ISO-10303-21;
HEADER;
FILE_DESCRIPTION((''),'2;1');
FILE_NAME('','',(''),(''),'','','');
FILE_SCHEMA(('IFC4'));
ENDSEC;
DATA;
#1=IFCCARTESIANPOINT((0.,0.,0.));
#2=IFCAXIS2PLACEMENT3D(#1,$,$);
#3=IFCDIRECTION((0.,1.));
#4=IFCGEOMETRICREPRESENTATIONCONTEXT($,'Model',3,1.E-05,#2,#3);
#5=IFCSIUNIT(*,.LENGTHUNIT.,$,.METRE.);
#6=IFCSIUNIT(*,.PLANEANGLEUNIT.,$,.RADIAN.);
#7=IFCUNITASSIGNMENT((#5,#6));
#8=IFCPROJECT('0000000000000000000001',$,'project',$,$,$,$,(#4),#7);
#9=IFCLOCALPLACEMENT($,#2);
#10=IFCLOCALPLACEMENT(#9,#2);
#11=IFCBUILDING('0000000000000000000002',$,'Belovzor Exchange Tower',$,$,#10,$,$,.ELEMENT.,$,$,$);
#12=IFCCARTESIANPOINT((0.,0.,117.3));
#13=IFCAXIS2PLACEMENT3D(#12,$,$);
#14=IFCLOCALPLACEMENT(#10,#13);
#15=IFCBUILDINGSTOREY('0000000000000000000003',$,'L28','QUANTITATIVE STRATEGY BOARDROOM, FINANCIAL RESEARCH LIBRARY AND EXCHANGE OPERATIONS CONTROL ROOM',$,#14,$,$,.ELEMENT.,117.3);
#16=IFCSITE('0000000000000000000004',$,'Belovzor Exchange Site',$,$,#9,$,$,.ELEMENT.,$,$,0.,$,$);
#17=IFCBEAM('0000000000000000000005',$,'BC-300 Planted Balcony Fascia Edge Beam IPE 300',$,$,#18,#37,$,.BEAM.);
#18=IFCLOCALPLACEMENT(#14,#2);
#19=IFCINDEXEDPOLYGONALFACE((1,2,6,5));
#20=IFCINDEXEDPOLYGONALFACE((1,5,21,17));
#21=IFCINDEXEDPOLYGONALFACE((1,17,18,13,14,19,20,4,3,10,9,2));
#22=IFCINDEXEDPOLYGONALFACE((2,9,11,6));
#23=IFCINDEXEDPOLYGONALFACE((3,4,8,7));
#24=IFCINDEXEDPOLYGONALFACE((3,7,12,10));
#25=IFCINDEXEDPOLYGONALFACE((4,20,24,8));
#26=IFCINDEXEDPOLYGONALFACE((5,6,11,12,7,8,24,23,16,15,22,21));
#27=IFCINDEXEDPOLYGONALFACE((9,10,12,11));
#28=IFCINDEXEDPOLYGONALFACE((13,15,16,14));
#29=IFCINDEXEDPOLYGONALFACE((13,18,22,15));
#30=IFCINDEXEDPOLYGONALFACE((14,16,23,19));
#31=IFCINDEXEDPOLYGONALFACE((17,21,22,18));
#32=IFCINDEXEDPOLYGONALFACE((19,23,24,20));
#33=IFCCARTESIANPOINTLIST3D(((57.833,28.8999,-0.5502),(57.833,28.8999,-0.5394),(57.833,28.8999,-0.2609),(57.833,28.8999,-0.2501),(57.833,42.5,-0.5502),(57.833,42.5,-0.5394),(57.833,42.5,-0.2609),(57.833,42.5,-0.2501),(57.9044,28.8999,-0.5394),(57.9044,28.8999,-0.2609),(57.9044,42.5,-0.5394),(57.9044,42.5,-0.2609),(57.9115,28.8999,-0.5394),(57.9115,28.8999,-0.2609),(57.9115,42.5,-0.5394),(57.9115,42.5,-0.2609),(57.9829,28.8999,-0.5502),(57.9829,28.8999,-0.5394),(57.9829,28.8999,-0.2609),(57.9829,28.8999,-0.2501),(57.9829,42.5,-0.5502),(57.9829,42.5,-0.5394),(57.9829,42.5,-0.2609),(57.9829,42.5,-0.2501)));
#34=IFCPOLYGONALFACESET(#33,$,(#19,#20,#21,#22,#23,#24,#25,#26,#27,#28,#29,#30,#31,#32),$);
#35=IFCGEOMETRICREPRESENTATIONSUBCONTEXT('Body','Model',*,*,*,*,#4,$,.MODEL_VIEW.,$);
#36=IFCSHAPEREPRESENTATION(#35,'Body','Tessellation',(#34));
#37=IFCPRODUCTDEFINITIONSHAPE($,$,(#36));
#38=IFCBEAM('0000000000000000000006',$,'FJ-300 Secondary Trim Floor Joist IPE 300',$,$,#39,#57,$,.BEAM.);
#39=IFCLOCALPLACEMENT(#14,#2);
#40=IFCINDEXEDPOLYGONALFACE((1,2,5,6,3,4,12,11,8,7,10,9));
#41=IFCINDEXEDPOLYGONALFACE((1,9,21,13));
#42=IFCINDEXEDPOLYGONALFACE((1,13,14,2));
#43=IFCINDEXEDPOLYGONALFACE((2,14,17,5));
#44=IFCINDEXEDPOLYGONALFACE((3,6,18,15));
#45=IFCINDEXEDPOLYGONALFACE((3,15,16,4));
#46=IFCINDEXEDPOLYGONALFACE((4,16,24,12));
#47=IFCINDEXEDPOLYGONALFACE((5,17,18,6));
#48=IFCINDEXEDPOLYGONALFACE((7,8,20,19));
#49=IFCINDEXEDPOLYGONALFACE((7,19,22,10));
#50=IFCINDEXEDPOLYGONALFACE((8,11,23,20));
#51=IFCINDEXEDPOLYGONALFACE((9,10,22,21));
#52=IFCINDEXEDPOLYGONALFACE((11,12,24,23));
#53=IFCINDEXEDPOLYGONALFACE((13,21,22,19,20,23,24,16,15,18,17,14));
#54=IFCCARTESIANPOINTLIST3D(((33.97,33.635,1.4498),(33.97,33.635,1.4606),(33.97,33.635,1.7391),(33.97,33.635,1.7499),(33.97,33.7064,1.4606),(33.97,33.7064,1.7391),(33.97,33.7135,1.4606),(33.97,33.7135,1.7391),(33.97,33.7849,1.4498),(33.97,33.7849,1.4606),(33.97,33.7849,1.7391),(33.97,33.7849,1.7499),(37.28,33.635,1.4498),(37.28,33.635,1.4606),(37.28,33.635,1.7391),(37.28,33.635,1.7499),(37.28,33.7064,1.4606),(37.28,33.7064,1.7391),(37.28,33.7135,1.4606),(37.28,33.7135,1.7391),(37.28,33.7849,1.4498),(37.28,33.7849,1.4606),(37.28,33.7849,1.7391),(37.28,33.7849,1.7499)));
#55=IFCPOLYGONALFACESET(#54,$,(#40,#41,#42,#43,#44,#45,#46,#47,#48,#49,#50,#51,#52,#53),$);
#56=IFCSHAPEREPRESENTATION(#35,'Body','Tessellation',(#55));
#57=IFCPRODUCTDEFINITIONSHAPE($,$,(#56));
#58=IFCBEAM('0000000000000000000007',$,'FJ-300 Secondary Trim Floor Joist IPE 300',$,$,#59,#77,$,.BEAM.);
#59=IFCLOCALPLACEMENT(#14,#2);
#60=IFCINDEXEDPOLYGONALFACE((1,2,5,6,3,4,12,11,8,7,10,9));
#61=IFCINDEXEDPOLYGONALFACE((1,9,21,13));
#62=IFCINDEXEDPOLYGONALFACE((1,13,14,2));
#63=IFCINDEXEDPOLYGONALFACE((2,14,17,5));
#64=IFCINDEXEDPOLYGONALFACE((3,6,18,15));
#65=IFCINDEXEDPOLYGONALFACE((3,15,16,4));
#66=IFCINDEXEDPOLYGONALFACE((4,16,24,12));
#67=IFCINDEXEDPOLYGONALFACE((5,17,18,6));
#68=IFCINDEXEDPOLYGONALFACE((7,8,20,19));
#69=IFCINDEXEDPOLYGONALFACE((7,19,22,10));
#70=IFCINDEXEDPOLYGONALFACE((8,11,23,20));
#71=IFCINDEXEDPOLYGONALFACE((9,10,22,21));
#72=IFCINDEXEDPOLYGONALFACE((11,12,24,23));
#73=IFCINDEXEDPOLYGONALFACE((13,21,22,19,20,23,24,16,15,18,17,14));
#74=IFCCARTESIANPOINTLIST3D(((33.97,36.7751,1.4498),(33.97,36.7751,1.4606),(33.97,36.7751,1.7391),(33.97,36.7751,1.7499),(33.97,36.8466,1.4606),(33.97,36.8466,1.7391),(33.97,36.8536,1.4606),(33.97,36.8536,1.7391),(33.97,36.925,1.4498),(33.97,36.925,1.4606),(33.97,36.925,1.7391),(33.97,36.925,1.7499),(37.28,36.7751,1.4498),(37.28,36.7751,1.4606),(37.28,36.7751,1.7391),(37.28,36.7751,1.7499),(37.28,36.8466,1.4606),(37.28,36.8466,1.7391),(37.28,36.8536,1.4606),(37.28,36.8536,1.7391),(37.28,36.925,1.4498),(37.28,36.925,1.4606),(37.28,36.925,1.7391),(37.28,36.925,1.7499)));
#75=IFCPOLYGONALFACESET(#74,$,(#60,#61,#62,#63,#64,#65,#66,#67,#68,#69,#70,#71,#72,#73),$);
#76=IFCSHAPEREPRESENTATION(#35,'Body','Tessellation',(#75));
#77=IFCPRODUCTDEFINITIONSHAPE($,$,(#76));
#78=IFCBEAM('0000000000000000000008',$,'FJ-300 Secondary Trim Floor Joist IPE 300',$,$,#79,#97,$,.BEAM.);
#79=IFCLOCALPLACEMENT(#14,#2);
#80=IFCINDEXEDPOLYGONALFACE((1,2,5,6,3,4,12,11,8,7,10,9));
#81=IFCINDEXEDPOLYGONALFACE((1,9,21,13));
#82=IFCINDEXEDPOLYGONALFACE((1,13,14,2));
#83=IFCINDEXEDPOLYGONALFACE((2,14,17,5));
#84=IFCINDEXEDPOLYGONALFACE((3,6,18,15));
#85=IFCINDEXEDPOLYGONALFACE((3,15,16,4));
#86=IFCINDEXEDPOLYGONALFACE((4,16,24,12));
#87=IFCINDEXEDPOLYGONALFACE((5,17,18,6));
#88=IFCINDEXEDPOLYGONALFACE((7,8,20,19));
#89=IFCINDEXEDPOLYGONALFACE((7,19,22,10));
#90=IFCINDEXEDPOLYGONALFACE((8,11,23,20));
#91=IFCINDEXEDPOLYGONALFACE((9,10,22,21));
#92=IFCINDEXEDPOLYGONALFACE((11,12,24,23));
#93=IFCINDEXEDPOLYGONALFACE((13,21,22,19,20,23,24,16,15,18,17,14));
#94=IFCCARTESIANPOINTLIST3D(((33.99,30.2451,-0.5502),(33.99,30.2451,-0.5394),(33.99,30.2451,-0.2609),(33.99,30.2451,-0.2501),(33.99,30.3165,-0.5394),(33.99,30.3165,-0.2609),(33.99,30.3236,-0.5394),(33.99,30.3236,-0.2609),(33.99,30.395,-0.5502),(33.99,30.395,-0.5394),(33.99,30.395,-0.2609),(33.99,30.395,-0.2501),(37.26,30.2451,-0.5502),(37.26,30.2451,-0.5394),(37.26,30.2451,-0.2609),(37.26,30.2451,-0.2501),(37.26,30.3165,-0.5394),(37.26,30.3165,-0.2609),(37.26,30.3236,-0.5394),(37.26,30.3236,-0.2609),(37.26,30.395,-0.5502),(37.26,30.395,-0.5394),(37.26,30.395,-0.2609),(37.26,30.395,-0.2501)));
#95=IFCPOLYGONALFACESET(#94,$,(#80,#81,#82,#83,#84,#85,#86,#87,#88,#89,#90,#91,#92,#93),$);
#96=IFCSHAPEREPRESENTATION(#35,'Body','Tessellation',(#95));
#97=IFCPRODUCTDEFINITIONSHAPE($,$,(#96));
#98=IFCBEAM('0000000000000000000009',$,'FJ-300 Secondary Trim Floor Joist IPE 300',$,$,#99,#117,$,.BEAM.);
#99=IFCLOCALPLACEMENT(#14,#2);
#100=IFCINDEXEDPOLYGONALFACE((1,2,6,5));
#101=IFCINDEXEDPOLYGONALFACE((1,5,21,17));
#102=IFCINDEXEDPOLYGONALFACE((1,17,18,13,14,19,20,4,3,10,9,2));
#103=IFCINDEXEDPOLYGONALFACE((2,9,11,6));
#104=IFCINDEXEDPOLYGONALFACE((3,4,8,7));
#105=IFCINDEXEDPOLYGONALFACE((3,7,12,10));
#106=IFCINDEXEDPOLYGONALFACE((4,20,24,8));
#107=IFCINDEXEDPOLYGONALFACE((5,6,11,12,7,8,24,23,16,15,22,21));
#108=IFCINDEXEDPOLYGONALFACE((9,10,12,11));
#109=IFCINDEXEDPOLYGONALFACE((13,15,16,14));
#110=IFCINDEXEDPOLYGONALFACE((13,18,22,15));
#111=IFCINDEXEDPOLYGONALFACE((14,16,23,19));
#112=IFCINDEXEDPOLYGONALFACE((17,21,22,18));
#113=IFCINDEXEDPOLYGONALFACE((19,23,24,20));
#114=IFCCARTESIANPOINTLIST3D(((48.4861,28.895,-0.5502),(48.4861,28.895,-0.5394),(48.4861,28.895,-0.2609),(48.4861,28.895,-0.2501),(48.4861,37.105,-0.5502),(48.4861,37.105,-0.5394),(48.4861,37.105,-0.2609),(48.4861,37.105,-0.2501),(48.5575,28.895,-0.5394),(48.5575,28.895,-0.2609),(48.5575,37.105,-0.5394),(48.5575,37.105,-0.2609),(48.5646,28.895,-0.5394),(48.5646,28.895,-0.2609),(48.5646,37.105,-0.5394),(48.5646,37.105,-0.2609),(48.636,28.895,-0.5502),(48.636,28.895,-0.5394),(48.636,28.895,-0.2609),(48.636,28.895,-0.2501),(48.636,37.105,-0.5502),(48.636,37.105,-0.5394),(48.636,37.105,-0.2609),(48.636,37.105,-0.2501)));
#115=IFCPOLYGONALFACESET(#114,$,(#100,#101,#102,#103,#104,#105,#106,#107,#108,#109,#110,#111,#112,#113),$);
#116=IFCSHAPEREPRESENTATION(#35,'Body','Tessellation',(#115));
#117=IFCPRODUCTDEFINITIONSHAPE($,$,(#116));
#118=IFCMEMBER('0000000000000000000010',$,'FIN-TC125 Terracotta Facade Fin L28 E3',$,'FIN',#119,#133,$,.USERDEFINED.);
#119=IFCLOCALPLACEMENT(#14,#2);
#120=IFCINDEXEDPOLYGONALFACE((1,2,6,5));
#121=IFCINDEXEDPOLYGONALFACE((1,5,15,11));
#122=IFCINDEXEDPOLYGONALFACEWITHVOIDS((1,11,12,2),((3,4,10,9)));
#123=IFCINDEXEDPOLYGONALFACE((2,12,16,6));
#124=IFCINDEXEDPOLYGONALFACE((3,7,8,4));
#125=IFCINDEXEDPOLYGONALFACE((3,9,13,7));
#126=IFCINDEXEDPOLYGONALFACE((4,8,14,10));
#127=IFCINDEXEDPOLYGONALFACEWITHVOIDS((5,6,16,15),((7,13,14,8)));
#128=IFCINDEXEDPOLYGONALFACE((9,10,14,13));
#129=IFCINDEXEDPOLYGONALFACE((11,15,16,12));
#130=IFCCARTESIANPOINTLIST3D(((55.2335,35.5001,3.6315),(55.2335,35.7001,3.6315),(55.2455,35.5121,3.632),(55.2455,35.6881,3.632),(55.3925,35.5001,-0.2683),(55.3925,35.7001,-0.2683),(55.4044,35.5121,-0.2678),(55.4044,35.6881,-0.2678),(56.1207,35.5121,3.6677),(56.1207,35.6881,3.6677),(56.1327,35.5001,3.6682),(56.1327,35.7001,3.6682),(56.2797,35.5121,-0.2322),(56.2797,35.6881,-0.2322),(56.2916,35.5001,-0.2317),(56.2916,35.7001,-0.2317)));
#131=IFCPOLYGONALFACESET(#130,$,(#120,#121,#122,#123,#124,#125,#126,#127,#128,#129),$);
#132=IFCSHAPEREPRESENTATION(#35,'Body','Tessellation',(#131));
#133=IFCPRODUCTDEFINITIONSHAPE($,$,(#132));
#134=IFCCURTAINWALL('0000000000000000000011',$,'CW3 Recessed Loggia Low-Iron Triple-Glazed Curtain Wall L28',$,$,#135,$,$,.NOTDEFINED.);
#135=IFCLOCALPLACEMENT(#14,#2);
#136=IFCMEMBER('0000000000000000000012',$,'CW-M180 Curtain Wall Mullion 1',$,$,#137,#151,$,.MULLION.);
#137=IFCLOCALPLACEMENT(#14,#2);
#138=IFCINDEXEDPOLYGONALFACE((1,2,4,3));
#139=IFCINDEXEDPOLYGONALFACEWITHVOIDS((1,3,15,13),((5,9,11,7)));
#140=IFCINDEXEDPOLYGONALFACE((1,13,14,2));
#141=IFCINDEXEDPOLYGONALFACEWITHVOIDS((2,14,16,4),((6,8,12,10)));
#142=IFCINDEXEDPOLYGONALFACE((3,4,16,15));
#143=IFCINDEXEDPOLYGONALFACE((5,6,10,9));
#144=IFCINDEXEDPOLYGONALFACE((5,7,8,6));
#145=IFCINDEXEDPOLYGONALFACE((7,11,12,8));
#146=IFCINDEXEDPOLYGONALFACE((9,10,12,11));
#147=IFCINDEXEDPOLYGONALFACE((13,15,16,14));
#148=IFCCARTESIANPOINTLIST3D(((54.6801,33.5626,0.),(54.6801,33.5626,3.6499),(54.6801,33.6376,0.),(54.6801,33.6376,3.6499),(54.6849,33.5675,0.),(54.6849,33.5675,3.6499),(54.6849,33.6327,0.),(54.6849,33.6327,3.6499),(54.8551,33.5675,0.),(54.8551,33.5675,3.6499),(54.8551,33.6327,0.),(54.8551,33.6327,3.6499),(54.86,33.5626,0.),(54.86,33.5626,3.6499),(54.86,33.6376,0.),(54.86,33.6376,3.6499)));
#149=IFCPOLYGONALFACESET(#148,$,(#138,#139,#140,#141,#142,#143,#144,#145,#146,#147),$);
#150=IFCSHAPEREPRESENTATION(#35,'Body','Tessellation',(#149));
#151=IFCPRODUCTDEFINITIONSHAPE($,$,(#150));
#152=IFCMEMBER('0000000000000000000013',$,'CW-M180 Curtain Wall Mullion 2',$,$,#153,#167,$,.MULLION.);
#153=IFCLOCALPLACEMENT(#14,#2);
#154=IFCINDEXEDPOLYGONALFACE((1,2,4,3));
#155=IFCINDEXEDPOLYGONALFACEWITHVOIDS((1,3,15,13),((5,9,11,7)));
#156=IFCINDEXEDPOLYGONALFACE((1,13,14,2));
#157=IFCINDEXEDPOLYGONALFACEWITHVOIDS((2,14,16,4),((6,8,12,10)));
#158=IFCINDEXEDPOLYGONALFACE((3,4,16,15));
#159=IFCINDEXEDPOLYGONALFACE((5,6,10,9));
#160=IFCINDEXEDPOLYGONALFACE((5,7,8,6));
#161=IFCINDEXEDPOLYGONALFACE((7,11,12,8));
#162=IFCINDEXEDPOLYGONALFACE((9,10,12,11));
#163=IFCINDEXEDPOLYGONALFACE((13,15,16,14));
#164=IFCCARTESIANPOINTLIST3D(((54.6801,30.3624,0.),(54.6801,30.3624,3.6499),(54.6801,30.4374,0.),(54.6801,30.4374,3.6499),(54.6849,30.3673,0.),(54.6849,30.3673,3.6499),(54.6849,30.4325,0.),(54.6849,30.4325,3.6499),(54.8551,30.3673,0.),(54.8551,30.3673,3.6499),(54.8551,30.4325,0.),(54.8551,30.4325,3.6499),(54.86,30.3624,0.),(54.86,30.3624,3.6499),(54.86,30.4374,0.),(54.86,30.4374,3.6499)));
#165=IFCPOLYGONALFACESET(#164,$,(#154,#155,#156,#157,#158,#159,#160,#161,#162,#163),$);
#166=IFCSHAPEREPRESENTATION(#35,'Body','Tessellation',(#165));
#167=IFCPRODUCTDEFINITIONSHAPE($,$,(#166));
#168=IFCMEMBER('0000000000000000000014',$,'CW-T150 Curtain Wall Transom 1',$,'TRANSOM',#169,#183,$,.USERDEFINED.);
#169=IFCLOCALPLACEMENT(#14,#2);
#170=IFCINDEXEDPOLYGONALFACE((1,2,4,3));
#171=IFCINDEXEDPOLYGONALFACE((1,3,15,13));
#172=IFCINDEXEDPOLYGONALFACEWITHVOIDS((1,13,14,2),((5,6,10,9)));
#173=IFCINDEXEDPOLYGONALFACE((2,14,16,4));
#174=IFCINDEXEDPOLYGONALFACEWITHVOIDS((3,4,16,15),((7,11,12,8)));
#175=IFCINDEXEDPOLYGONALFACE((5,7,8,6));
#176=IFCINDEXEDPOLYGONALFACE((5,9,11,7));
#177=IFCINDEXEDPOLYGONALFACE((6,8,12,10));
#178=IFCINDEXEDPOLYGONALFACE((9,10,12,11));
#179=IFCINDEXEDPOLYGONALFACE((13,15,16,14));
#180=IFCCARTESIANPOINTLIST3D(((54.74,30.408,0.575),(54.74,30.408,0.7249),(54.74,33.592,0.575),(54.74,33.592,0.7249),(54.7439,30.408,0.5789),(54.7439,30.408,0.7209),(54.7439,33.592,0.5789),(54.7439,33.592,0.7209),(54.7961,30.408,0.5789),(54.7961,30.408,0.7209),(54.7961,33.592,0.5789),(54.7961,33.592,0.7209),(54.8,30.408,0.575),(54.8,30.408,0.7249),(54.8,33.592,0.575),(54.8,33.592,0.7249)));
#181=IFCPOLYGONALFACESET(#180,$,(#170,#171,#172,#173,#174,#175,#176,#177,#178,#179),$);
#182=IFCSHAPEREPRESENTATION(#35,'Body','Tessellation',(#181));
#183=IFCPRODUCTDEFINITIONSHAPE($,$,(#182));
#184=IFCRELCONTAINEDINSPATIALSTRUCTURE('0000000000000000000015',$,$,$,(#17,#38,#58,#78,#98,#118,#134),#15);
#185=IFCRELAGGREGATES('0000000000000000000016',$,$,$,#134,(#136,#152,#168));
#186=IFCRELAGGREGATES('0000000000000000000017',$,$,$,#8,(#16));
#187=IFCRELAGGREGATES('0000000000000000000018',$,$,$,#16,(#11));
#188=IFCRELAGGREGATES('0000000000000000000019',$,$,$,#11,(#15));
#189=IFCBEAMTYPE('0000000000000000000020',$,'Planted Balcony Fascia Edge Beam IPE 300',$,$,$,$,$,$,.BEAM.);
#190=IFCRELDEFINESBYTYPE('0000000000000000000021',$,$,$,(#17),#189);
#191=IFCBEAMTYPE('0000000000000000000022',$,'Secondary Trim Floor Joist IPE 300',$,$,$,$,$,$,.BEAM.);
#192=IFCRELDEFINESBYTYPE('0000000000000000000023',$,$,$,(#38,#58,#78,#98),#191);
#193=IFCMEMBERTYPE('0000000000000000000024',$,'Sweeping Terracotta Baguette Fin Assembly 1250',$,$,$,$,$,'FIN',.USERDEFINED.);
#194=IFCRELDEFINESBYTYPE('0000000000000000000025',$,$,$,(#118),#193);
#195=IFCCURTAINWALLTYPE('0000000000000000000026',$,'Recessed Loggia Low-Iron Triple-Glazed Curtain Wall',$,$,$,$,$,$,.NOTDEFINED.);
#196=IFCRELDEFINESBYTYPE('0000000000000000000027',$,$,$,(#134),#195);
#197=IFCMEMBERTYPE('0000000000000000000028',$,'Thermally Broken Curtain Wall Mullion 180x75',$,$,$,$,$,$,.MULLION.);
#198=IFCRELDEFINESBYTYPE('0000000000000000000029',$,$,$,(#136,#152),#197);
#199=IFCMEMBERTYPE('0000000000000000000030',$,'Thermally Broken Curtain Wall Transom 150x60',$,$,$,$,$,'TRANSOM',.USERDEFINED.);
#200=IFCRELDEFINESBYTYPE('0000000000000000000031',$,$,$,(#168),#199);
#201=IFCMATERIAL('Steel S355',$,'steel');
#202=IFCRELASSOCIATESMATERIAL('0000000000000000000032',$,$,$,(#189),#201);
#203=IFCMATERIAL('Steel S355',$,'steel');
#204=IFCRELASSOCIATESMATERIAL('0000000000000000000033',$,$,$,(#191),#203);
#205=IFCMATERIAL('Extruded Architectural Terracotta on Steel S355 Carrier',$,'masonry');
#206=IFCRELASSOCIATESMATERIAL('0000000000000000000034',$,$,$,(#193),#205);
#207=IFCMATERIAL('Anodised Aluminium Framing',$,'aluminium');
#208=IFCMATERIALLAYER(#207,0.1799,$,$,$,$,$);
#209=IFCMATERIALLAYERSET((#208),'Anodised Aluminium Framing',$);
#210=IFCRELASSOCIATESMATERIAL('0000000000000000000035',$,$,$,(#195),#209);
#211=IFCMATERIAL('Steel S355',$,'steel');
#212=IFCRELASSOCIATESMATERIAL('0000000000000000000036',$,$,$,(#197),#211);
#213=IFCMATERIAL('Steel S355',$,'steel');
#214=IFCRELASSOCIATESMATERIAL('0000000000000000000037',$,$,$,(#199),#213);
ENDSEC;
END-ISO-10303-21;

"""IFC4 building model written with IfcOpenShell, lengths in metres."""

from ifc_helpers import new_model, si_unit, direction, frame, origin, origin_2d, place, context, subcontext, project, spatial, hollow_rectangle, i_section, extrude, material, layer, layer_set, material_profile, profile_set, type_object, element, aggregate, save


model = new_model("IFC4")

# Units and contexts
model_context = context("Model", 3, precision=1e-05, world=origin(), true_north=direction((0.0, 1.0)))
body_context = subcontext(model_context, "Body", "Model", "MODEL_VIEW")
ifc_project = project(units=[si_unit("LENGTHUNIT", "METRE"), si_unit("PLANEANGLEUNIT", "RADIAN")], contexts=[model_context])

# Site, building, storey
site_placement = place(None, origin())
site = spatial("IfcSite", under=ifc_project, at=site_placement, Name="Belovzor Exchange Site", CompositionType="ELEMENT", RefElevation=0.0)
building_placement = place(site_placement, origin())
building = spatial("IfcBuilding", under=site, at=building_placement, Name="Belovzor Exchange Tower", CompositionType="ELEMENT")
storey_placement = place(building_placement, frame((0.0, 0.0, 117.3)))
storey = spatial("IfcBuildingStorey", under=building, at=storey_placement, Name="L28", Description="QUANTITATIVE STRATEGY BOARDROOM, FINANCIAL RESEARCH LIBRARY AND EXCHANGE OPERATIONS CONTROL ROOM", CompositionType="ELEMENT", Elevation=117.3)

# Beams
ifc_material_1 = material(Name="Steel S355", Category="steel")
ifc_material_profile_1 = material_profile(ifc_material_1, i_section(OverallWidth=0.1499, OverallDepth=0.3, WebThickness=0.0071, FlangeThickness=0.0107, at=origin_2d()))
ifc_profile_set_1 = profile_set([ifc_material_profile_1], Name="Steel S355")
beam_type_1 = type_object("IfcBeamType", Name="Planted Balcony Fascia Edge Beam IPE 300", PredefinedType="BEAM", material=ifc_profile_set_1)
beam_1_placement = place(storey_placement, frame((57.908, 28.8999, -0.4001), z_axis=(0.0, 1.0, 0.0), x_axis=(-1.0, 0.0, 0.0)))
element("IfcBeam", 1, at=beam_1_placement, inside=storey, type_object=beam_type_1, Name="BC-300 Planted Balcony Fascia Edge Beam IPE 300", PredefinedType="BEAM", context=body_context, shape_type="SweptSolid", body=[
    extrude(i_section(OverallWidth=0.1499, OverallDepth=0.3, WebThickness=0.0071, FlangeThickness=0.0107, at=origin_2d()), origin(), (0.0, 0.0, 1.0), 13.6001),
])
ifc_material_2 = material(Name="Steel S355", Category="steel")
ifc_material_profile_2 = material_profile(ifc_material_2, i_section(OverallWidth=0.1499, OverallDepth=0.3, WebThickness=0.0071, FlangeThickness=0.0107, at=origin_2d()))
ifc_profile_set_2 = profile_set([ifc_material_profile_2], Name="Steel S355")
beam_type_2 = type_object("IfcBeamType", Name="Secondary Trim Floor Joist IPE 300", PredefinedType="BEAM", material=ifc_profile_set_2)
for number, where, z_axis, x_axis, name in (
    (2, (37.28, 33.71, 1.5999), (-1.0, 0.0, 0.0), (0.0, -1.0, 0.0), "FJ-300 Secondary Trim Floor Joist IPE 300"),
    (3, (37.28, 36.8501, 1.5999), (-1.0, 0.0, 0.0), (0.0, -1.0, 0.0), "FJ-300 Secondary Trim Floor Joist IPE 300"),
):
    element("IfcBeam", number, at=place(storey_placement, frame(where, z_axis=z_axis, x_axis=x_axis)), inside=storey, type_object=beam_type_2, Name=name, PredefinedType="BEAM", context=body_context, shape_type="SweptSolid", body=[
        extrude(i_section(OverallWidth=0.1499, OverallDepth=0.3, WebThickness=0.0071, FlangeThickness=0.0107, at=origin_2d()), origin(), (0.0, 0.0, 1.0), 3.3101),
    ])
beam_2_placement = place(storey_placement, frame((37.26, 30.3201, -0.4001), z_axis=(-1.0, 0.0, 0.0), x_axis=(0.0, -1.0, 0.0)))
element("IfcBeam", 4, at=beam_2_placement, inside=storey, type_object=beam_type_2, Name="FJ-300 Secondary Trim Floor Joist IPE 300", PredefinedType="BEAM", context=body_context, shape_type="SweptSolid", body=[
    extrude(i_section(OverallWidth=0.1499, OverallDepth=0.3, WebThickness=0.0071, FlangeThickness=0.0107, at=origin_2d()), origin(), (0.0, 0.0, 1.0), 3.27),
])
beam_3_placement = place(storey_placement, frame((48.561, 28.895, -0.4001), z_axis=(0.0, 1.0, 0.0), x_axis=(-1.0, 0.0, 0.0)))
element("IfcBeam", 5, at=beam_3_placement, inside=storey, type_object=beam_type_2, Name="FJ-300 Secondary Trim Floor Joist IPE 300", PredefinedType="BEAM", context=body_context, shape_type="SweptSolid", body=[
    extrude(i_section(OverallWidth=0.1499, OverallDepth=0.3, WebThickness=0.0071, FlangeThickness=0.0107, at=origin_2d()), origin(), (0.0, 0.0, 1.0), 8.21),
])

# Member
ifc_material_3 = material(Name="Extruded Architectural Terracotta on Steel S355 Carrier", Category="masonry")
ifc_material_profile_3 = material_profile(ifc_material_3, hollow_rectangle(XDim=0.2, YDim=0.8999, WallThickness=0.012, at=origin_2d()))
ifc_profile_set_3 = profile_set([ifc_material_profile_3], Name="Extruded Architectural Terracotta on Steel S355 Carrier")
member_type_1 = type_object("IfcMemberType", Name="Sweeping Terracotta Baguette Fin Assembly 1250", ElementType="FIN", PredefinedType="USERDEFINED", material=ifc_profile_set_3)
member_1_placement = place(storey_placement, frame((55.842, 35.6001, -0.25), z_axis=(-0.04072, 0.0, 0.999171), x_axis=(0.0, -1.0, 0.0)))
element("IfcMember", 6, at=member_1_placement, inside=storey, type_object=member_type_1, Name="FIN-TC125 Terracotta Facade Fin L28 E3", ObjectType="FIN", PredefinedType="USERDEFINED", context=body_context, shape_type="SweptSolid", body=[
    extrude(hollow_rectangle(XDim=0.2, YDim=0.8999, WallThickness=0.012, at=origin_2d()), origin(), (0.0, 0.0, 1.0), 3.9031),
])

# Curtain wall, members
ifc_material_4 = material(Name="Anodised Aluminium Framing", Category="aluminium")
ifc_layer_1 = layer(ifc_material_4, 0.1799)
ifc_layer_set_1 = layer_set([ifc_layer_1], Name="Anodised Aluminium Framing")
curtain_wall_type = type_object("IfcCurtainWallType", Name="Recessed Loggia Low-Iron Triple-Glazed Curtain Wall", PredefinedType="NOTDEFINED", material=ifc_layer_set_1)
curtain_wall_placement = place(storey_placement, origin())
curtain_wall = element("IfcCurtainWall", 7, at=curtain_wall_placement, inside=storey, type_object=curtain_wall_type, Name="CW3 Recessed Loggia Low-Iron Triple-Glazed Curtain Wall L28", PredefinedType="NOTDEFINED")
ifc_material_5 = material(Name="Steel S355", Category="steel")
ifc_material_profile_4 = material_profile(ifc_material_5, hollow_rectangle(XDim=0.075, YDim=0.1799, WallThickness=0.0049, at=origin_2d()))
ifc_profile_set_4 = profile_set([ifc_material_profile_4], Name="Steel S355")
member_type_2 = type_object("IfcMemberType", Name="Thermally Broken Curtain Wall Mullion 180x75", PredefinedType="MULLION", material=ifc_profile_set_4)
member_2_placement = place(storey_placement, frame((54.77, 33.6001, 0.0), z_axis=(0.0, 0.0, 1.0), x_axis=(0.0, -1.0, 0.0)))
member_2 = element("IfcMember", 8, at=member_2_placement, type_object=member_type_2, Name="CW-M180 Curtain Wall Mullion 1", PredefinedType="MULLION", context=body_context, shape_type="SweptSolid", body=[
    extrude(hollow_rectangle(XDim=0.075, YDim=0.1799, WallThickness=0.0049, at=origin_2d()), origin(), (0.0, 0.0, 1.0), 3.6499),
])
member_3_placement = place(storey_placement, frame((54.77, 30.3999, 0.0), z_axis=(0.0, 0.0, 1.0), x_axis=(0.0, -1.0, 0.0)))
member_3 = element("IfcMember", 9, at=member_3_placement, type_object=member_type_2, Name="CW-M180 Curtain Wall Mullion 2", PredefinedType="MULLION", context=body_context, shape_type="SweptSolid", body=[
    extrude(hollow_rectangle(XDim=0.075, YDim=0.1799, WallThickness=0.0049, at=origin_2d()), origin(), (0.0, 0.0, 1.0), 3.6499),
])
ifc_material_6 = material(Name="Steel S355", Category="steel")
ifc_material_profile_5 = material_profile(ifc_material_6, hollow_rectangle(XDim=0.0601, YDim=0.1499, WallThickness=0.0039, at=origin_2d()))
ifc_profile_set_5 = profile_set([ifc_material_profile_5], Name="Steel S355")
member_type_3 = type_object("IfcMemberType", Name="Thermally Broken Curtain Wall Transom 150x60", ElementType="TRANSOM", PredefinedType="USERDEFINED", material=ifc_profile_set_5)
member_4_placement = place(storey_placement, frame((54.77, 33.592, 0.6499), z_axis=(0.0, -1.0, 0.0), x_axis=(1.0, 0.0, 0.0)))
member_4 = element("IfcMember", 10, at=member_4_placement, type_object=member_type_3, Name="CW-T150 Curtain Wall Transom 1", ObjectType="TRANSOM", PredefinedType="USERDEFINED", context=body_context, shape_type="SweptSolid", body=[
    extrude(hollow_rectangle(XDim=0.0601, YDim=0.1499, WallThickness=0.0039, at=origin_2d()), origin(), (0.0, 0.0, 1.0), 3.1841),
])

aggregate(curtain_wall, [member_2, member_3, member_4])

save(model, "model.ifc")
